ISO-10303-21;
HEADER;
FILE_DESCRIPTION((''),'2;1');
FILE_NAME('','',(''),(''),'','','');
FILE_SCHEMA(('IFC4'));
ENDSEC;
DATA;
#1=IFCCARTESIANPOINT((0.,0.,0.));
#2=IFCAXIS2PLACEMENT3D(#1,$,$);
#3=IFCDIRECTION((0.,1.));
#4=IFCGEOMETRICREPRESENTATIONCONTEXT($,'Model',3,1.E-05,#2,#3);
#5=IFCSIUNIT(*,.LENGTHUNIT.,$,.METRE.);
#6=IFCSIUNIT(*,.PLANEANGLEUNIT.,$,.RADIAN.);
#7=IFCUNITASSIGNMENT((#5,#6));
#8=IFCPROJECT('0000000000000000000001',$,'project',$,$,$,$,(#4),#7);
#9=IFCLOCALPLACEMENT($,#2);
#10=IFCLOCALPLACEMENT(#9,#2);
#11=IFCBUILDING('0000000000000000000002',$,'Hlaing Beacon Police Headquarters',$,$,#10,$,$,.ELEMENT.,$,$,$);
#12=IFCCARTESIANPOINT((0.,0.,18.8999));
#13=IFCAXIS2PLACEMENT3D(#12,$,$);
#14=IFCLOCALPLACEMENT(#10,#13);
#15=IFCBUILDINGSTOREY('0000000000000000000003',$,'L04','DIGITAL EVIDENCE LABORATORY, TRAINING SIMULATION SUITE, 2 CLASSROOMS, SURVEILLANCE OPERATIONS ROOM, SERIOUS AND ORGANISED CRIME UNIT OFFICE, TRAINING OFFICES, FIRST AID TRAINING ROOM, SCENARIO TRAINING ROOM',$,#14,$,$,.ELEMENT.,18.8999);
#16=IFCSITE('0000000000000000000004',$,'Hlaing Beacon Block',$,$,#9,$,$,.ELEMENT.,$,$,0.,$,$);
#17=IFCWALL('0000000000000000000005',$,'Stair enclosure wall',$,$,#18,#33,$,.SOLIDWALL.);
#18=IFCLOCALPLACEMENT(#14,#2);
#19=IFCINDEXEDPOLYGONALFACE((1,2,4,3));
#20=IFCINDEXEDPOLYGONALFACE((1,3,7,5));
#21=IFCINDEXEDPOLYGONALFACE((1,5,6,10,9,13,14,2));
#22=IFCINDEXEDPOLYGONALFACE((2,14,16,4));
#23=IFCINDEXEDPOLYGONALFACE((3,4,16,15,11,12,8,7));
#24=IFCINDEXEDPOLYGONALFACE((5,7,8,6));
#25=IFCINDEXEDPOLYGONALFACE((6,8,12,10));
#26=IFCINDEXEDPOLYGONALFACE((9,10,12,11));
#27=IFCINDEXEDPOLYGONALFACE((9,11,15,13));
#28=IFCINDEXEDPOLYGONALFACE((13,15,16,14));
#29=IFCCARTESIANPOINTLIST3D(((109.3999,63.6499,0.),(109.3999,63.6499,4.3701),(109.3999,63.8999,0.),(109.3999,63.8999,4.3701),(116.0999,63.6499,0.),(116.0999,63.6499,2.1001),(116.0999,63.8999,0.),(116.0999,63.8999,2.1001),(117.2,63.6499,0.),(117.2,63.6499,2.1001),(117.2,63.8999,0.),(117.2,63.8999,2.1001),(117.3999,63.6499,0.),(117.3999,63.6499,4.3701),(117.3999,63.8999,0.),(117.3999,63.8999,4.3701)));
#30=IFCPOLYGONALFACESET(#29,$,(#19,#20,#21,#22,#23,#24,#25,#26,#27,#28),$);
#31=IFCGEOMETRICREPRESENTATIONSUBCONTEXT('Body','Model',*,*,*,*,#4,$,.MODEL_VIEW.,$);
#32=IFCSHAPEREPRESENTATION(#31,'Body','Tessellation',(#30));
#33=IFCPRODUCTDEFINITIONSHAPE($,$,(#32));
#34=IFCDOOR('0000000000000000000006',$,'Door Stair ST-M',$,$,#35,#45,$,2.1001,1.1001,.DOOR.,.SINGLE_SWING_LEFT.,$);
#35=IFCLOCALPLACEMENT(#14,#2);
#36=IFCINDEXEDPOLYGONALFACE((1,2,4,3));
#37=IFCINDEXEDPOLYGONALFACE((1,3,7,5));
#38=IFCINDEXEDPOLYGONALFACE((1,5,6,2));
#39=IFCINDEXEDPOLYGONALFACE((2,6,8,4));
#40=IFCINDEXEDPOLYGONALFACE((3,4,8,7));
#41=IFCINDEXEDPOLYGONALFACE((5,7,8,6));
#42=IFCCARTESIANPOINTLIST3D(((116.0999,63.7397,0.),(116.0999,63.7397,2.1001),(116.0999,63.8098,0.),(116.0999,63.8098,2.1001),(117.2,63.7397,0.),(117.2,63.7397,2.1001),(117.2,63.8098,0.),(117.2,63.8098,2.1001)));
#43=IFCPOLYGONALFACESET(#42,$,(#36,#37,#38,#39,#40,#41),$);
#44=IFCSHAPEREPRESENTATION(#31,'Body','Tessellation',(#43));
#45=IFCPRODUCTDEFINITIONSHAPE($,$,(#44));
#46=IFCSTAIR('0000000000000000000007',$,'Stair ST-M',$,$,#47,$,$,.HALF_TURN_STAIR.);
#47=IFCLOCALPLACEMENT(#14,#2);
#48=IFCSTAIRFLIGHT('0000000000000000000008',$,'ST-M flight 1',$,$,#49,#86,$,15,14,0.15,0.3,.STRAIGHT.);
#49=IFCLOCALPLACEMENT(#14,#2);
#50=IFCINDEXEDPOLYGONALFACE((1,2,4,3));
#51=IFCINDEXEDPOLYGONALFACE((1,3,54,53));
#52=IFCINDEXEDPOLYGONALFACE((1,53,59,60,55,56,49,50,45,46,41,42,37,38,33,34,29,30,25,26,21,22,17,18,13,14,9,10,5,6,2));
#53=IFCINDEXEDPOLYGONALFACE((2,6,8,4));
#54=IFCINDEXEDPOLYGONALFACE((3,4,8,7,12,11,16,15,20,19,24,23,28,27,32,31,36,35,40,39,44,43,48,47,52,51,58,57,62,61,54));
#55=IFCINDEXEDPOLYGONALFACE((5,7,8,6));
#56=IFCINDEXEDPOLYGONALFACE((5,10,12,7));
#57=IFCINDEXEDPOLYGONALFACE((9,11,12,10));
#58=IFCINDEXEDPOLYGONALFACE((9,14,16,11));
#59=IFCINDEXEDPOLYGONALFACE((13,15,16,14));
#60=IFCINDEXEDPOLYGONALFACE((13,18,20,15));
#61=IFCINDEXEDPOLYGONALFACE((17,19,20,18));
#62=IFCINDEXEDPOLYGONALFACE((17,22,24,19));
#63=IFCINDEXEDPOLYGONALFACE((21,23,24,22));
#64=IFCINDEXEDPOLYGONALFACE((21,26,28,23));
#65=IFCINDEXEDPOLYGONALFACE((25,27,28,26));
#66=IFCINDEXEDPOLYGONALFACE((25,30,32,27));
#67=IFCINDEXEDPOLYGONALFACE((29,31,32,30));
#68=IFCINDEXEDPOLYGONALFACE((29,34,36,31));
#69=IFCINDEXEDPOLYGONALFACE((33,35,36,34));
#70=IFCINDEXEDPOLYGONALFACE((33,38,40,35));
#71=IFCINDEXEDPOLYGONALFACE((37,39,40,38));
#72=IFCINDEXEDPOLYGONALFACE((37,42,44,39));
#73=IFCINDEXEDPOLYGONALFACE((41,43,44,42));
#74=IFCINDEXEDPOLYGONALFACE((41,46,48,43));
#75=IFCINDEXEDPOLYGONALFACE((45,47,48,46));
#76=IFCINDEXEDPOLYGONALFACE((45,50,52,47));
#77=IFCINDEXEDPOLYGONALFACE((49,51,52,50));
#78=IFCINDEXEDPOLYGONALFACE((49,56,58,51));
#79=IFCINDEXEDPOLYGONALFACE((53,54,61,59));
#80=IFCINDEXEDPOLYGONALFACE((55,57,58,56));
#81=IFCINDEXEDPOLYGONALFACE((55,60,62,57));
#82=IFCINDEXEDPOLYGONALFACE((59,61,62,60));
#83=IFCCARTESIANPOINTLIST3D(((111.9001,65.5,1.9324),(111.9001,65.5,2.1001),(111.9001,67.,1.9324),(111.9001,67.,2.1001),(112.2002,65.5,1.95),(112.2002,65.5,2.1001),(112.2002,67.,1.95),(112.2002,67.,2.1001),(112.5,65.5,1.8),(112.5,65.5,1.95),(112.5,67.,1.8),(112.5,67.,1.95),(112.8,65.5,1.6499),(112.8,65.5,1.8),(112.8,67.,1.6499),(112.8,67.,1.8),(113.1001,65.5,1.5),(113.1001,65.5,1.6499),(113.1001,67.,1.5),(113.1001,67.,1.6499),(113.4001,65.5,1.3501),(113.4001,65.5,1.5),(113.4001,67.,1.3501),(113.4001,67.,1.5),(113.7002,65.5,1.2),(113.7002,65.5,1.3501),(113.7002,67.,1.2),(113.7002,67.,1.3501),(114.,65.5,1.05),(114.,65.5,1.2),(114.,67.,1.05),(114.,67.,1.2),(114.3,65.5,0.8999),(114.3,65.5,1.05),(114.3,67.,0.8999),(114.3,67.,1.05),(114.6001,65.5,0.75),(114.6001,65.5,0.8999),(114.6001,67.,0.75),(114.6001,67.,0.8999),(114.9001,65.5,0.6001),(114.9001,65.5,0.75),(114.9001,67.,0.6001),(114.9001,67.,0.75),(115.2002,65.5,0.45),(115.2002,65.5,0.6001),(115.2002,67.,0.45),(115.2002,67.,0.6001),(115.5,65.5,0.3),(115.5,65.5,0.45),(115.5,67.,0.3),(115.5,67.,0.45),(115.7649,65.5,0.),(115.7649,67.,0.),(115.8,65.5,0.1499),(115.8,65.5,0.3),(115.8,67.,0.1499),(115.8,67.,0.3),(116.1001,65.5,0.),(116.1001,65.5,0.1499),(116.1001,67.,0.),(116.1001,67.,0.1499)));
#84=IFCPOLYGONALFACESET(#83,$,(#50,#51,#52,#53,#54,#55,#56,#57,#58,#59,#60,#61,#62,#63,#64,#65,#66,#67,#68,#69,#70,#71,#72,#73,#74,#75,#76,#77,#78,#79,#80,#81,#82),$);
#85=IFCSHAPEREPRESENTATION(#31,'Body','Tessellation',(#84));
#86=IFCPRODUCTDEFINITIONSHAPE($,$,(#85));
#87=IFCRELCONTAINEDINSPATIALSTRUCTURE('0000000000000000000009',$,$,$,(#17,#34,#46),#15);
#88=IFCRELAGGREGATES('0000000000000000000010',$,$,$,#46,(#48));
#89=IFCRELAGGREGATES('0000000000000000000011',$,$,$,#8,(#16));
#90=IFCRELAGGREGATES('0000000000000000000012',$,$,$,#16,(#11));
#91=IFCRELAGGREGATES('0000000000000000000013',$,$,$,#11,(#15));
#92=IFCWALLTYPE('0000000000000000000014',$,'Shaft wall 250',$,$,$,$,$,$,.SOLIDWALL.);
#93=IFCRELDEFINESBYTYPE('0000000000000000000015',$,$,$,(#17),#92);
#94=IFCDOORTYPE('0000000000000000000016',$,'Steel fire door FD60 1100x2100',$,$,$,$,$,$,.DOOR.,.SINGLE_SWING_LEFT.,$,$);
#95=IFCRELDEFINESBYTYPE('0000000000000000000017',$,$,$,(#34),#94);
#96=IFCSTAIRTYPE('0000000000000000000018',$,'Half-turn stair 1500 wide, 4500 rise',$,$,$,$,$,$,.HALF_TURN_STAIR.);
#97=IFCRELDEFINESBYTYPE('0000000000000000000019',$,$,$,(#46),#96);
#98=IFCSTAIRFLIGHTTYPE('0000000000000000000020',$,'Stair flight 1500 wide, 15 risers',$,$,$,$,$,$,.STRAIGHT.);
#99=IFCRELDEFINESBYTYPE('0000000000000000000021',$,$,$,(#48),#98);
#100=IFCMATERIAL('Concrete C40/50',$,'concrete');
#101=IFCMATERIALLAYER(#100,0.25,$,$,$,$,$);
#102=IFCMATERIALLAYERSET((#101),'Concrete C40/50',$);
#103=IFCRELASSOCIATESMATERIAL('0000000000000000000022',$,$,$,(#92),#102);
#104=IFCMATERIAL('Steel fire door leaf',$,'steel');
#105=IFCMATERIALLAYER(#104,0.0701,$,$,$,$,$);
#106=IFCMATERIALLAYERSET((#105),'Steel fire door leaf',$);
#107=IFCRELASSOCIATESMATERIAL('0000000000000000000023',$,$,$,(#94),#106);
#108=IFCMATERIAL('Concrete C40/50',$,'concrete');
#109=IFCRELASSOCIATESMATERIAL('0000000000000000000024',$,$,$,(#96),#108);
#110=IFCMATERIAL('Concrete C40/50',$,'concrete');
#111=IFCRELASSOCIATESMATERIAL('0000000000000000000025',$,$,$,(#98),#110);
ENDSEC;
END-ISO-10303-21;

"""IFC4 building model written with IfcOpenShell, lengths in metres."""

from ifc_helpers import new_model, si_unit, direction, frame, frame_2d, origin, place, context, subcontext, project, spatial, polyline, rectangle, outline, extrude, material, layer, layer_set, type_object, element, fill, aggregate, save


model = new_model("IFC4")

# Units and contexts
model_context = context("Model", 3, precision=1e-05, world=origin(), true_north=direction((0.0, 1.0)))
body_context = subcontext(model_context, "Body", "Model", "MODEL_VIEW")
ifc_project = project(units=[si_unit("LENGTHUNIT", "METRE"), si_unit("PLANEANGLEUNIT", "RADIAN")], contexts=[model_context])

# Site, building, storey
site_placement = place(None, origin())
site = spatial("IfcSite", under=ifc_project, at=site_placement, Name="Hlaing Beacon Block", CompositionType="ELEMENT", RefElevation=0.0)
building_placement = place(site_placement, origin())
building = spatial("IfcBuilding", under=site, at=building_placement, Name="Hlaing Beacon Police Headquarters", CompositionType="ELEMENT")
storey_placement = place(building_placement, frame((0.0, 0.0, 18.8999)))
storey = spatial("IfcBuildingStorey", under=building, at=storey_placement, Name="L04", Description="DIGITAL EVIDENCE LABORATORY, TRAINING SIMULATION SUITE, 2 CLASSROOMS, SURVEILLANCE OPERATIONS ROOM, SERIOUS AND ORGANISED CRIME UNIT OFFICE, TRAINING OFFICES, FIRST AID TRAINING ROOM, SCENARIO TRAINING ROOM", CompositionType="ELEMENT", Elevation=18.8999)

# Wall, opening, door
ifc_material_1 = material(Name="Concrete C40/50", Category="concrete")
ifc_layer_1 = layer(ifc_material_1, 0.25)
ifc_layer_set_1 = layer_set([ifc_layer_1], Name="Concrete C40/50")
wall_type_1 = type_object("IfcWallType", Name="Shaft wall 250", PredefinedType="SOLIDWALL", material=ifc_layer_set_1)
wall_1_placement = place(storey_placement, frame((117.3999, 63.7749, 0.0), z_axis=(0.0, 0.0, 1.0), x_axis=(-1.0, 0.0, 0.0)))
wall_1 = element("IfcWall", 1, at=wall_1_placement, inside=storey, type_object=wall_type_1, Name="Stair enclosure wall", PredefinedType="SOLIDWALL", context=body_context, shape_type="SweptSolid", body=[
    extrude(rectangle(XDim=8.0, YDim=0.25, at=frame_2d((4.0, 0.0))), origin(), (0.0, 0.0, 1.0), 4.3701),
])
opening_1_placement = place(wall_1_placement, frame((0.2, 0.0, 0.0)))
opening_1 = element("IfcOpeningElement", 2, at=opening_1_placement, cuts=wall_1, PredefinedType="OPENING", context=body_context, shape_type="SweptSolid", body=[
    extrude(rectangle(XDim=1.1001, YDim=2.1001, at=frame_2d((0.55, 1.05))), frame((0.0, 0.135, 0.0), z_axis=(0.0, -1.0, 0.0), x_axis=(1.0, 0.0, 0.0)), (0.0, 0.0, 1.0), 0.27),
])
ifc_material_2 = material(Name="Steel fire door leaf", Category="steel")
ifc_layer_2 = layer(ifc_material_2, 0.0701)
ifc_layer_set_2 = layer_set([ifc_layer_2], Name="Steel fire door leaf")
door_type_1 = type_object("IfcDoorType", Name="Steel fire door FD60 1100x2100", OperationType="SINGLE_SWING_LEFT", PredefinedType="DOOR", material=ifc_layer_set_2)
door_1_placement = place(opening_1_placement, frame((1.1001, 0.0, 0.0), z_axis=(0.0, 0.0, 1.0), x_axis=(-1.0, 0.0, 0.0)))
door_1 = element("IfcDoor", 3, at=door_1_placement, inside=storey, type_object=door_type_1, Name="Door Stair ST-M", OperationType="SINGLE_SWING_LEFT", OverallHeight=2.1001, OverallWidth=1.1001, PredefinedType="DOOR", context=body_context, shape_type="SweptSolid", body=[
    extrude(rectangle(XDim=1.1001, YDim=2.1001, at=frame_2d((0.55, 1.05))), frame((0.0, 0.0349, 0.0), z_axis=(0.0, -1.0, 0.0), x_axis=(1.0, 0.0, 0.0)), (0.0, 0.0, 1.0), 0.0701),
])
fill(opening_1, door_1)

# Stair, stair flight
ifc_material_3 = material(Name="Concrete C40/50", Category="concrete")
stair_type = type_object("IfcStairType", Name="Half-turn stair 1500 wide, 4500 rise", PredefinedType="HALF_TURN_STAIR", material=ifc_material_3)
stair_placement = place(storey_placement, origin())
stair = element("IfcStair", 4, at=stair_placement, inside=storey, type_object=stair_type, Name="Stair ST-M", PredefinedType="HALF_TURN_STAIR")
ifc_material_4 = material(Name="Concrete C40/50", Category="concrete")
stair_flight_type = type_object("IfcStairFlightType", Name="Stair flight 1500 wide, 15 risers", PredefinedType="STRAIGHT", material=ifc_material_4)
stair_flight_placement = place(storey_placement, frame((116.1001, 66.25, 0.0), z_axis=(0.0, 0.0, 1.0), x_axis=(-1.0, 0.0, 0.0)))
stair_flight = element("IfcStairFlight", 5, at=stair_flight_placement, type_object=stair_flight_type, Name="ST-M flight 1", NumberOfRisers=15, NumberOfTreads=14, PredefinedType="STRAIGHT", RiserHeight=0.15, TreadLength=0.3, context=body_context, shape_type="SweptSolid", body=[
    extrude(outline(polyline([(0.0, 0.0), (0.0, 0.1499), (0.3, 0.1499), (0.3, 0.3), (0.6001, 0.3), (0.6001, 0.45), (0.8999, 0.45), (0.8999, 0.6001), (1.2, 0.6001), (1.2, 0.75), (1.5, 0.75), (1.5, 0.8999), (1.8, 0.8999), (1.8, 1.05), (2.1001, 1.05), (2.1001, 1.2), (2.3999, 1.2), (2.3999, 1.3501), (2.7, 1.3501), (2.7, 1.5), (3.0, 1.5), (3.0, 1.6499), (3.3, 1.6499), (3.3, 1.8), (3.6001, 1.8), (3.6001, 1.95), (3.8999, 1.95), (3.8999, 2.1001), (4.2, 2.1001), (4.2, 2.25), (4.2, 1.9324), (0.3352, 0.0), (0.0, 0.0)])), frame((0.0, 0.75, 0.0), z_axis=(0.0, -1.0, 0.0), x_axis=(1.0, 0.0, 0.0)), (0.0, 0.0, 1.0), 1.5),
])
aggregate(stair, [stair_flight])

save(model, "model.ifc")
